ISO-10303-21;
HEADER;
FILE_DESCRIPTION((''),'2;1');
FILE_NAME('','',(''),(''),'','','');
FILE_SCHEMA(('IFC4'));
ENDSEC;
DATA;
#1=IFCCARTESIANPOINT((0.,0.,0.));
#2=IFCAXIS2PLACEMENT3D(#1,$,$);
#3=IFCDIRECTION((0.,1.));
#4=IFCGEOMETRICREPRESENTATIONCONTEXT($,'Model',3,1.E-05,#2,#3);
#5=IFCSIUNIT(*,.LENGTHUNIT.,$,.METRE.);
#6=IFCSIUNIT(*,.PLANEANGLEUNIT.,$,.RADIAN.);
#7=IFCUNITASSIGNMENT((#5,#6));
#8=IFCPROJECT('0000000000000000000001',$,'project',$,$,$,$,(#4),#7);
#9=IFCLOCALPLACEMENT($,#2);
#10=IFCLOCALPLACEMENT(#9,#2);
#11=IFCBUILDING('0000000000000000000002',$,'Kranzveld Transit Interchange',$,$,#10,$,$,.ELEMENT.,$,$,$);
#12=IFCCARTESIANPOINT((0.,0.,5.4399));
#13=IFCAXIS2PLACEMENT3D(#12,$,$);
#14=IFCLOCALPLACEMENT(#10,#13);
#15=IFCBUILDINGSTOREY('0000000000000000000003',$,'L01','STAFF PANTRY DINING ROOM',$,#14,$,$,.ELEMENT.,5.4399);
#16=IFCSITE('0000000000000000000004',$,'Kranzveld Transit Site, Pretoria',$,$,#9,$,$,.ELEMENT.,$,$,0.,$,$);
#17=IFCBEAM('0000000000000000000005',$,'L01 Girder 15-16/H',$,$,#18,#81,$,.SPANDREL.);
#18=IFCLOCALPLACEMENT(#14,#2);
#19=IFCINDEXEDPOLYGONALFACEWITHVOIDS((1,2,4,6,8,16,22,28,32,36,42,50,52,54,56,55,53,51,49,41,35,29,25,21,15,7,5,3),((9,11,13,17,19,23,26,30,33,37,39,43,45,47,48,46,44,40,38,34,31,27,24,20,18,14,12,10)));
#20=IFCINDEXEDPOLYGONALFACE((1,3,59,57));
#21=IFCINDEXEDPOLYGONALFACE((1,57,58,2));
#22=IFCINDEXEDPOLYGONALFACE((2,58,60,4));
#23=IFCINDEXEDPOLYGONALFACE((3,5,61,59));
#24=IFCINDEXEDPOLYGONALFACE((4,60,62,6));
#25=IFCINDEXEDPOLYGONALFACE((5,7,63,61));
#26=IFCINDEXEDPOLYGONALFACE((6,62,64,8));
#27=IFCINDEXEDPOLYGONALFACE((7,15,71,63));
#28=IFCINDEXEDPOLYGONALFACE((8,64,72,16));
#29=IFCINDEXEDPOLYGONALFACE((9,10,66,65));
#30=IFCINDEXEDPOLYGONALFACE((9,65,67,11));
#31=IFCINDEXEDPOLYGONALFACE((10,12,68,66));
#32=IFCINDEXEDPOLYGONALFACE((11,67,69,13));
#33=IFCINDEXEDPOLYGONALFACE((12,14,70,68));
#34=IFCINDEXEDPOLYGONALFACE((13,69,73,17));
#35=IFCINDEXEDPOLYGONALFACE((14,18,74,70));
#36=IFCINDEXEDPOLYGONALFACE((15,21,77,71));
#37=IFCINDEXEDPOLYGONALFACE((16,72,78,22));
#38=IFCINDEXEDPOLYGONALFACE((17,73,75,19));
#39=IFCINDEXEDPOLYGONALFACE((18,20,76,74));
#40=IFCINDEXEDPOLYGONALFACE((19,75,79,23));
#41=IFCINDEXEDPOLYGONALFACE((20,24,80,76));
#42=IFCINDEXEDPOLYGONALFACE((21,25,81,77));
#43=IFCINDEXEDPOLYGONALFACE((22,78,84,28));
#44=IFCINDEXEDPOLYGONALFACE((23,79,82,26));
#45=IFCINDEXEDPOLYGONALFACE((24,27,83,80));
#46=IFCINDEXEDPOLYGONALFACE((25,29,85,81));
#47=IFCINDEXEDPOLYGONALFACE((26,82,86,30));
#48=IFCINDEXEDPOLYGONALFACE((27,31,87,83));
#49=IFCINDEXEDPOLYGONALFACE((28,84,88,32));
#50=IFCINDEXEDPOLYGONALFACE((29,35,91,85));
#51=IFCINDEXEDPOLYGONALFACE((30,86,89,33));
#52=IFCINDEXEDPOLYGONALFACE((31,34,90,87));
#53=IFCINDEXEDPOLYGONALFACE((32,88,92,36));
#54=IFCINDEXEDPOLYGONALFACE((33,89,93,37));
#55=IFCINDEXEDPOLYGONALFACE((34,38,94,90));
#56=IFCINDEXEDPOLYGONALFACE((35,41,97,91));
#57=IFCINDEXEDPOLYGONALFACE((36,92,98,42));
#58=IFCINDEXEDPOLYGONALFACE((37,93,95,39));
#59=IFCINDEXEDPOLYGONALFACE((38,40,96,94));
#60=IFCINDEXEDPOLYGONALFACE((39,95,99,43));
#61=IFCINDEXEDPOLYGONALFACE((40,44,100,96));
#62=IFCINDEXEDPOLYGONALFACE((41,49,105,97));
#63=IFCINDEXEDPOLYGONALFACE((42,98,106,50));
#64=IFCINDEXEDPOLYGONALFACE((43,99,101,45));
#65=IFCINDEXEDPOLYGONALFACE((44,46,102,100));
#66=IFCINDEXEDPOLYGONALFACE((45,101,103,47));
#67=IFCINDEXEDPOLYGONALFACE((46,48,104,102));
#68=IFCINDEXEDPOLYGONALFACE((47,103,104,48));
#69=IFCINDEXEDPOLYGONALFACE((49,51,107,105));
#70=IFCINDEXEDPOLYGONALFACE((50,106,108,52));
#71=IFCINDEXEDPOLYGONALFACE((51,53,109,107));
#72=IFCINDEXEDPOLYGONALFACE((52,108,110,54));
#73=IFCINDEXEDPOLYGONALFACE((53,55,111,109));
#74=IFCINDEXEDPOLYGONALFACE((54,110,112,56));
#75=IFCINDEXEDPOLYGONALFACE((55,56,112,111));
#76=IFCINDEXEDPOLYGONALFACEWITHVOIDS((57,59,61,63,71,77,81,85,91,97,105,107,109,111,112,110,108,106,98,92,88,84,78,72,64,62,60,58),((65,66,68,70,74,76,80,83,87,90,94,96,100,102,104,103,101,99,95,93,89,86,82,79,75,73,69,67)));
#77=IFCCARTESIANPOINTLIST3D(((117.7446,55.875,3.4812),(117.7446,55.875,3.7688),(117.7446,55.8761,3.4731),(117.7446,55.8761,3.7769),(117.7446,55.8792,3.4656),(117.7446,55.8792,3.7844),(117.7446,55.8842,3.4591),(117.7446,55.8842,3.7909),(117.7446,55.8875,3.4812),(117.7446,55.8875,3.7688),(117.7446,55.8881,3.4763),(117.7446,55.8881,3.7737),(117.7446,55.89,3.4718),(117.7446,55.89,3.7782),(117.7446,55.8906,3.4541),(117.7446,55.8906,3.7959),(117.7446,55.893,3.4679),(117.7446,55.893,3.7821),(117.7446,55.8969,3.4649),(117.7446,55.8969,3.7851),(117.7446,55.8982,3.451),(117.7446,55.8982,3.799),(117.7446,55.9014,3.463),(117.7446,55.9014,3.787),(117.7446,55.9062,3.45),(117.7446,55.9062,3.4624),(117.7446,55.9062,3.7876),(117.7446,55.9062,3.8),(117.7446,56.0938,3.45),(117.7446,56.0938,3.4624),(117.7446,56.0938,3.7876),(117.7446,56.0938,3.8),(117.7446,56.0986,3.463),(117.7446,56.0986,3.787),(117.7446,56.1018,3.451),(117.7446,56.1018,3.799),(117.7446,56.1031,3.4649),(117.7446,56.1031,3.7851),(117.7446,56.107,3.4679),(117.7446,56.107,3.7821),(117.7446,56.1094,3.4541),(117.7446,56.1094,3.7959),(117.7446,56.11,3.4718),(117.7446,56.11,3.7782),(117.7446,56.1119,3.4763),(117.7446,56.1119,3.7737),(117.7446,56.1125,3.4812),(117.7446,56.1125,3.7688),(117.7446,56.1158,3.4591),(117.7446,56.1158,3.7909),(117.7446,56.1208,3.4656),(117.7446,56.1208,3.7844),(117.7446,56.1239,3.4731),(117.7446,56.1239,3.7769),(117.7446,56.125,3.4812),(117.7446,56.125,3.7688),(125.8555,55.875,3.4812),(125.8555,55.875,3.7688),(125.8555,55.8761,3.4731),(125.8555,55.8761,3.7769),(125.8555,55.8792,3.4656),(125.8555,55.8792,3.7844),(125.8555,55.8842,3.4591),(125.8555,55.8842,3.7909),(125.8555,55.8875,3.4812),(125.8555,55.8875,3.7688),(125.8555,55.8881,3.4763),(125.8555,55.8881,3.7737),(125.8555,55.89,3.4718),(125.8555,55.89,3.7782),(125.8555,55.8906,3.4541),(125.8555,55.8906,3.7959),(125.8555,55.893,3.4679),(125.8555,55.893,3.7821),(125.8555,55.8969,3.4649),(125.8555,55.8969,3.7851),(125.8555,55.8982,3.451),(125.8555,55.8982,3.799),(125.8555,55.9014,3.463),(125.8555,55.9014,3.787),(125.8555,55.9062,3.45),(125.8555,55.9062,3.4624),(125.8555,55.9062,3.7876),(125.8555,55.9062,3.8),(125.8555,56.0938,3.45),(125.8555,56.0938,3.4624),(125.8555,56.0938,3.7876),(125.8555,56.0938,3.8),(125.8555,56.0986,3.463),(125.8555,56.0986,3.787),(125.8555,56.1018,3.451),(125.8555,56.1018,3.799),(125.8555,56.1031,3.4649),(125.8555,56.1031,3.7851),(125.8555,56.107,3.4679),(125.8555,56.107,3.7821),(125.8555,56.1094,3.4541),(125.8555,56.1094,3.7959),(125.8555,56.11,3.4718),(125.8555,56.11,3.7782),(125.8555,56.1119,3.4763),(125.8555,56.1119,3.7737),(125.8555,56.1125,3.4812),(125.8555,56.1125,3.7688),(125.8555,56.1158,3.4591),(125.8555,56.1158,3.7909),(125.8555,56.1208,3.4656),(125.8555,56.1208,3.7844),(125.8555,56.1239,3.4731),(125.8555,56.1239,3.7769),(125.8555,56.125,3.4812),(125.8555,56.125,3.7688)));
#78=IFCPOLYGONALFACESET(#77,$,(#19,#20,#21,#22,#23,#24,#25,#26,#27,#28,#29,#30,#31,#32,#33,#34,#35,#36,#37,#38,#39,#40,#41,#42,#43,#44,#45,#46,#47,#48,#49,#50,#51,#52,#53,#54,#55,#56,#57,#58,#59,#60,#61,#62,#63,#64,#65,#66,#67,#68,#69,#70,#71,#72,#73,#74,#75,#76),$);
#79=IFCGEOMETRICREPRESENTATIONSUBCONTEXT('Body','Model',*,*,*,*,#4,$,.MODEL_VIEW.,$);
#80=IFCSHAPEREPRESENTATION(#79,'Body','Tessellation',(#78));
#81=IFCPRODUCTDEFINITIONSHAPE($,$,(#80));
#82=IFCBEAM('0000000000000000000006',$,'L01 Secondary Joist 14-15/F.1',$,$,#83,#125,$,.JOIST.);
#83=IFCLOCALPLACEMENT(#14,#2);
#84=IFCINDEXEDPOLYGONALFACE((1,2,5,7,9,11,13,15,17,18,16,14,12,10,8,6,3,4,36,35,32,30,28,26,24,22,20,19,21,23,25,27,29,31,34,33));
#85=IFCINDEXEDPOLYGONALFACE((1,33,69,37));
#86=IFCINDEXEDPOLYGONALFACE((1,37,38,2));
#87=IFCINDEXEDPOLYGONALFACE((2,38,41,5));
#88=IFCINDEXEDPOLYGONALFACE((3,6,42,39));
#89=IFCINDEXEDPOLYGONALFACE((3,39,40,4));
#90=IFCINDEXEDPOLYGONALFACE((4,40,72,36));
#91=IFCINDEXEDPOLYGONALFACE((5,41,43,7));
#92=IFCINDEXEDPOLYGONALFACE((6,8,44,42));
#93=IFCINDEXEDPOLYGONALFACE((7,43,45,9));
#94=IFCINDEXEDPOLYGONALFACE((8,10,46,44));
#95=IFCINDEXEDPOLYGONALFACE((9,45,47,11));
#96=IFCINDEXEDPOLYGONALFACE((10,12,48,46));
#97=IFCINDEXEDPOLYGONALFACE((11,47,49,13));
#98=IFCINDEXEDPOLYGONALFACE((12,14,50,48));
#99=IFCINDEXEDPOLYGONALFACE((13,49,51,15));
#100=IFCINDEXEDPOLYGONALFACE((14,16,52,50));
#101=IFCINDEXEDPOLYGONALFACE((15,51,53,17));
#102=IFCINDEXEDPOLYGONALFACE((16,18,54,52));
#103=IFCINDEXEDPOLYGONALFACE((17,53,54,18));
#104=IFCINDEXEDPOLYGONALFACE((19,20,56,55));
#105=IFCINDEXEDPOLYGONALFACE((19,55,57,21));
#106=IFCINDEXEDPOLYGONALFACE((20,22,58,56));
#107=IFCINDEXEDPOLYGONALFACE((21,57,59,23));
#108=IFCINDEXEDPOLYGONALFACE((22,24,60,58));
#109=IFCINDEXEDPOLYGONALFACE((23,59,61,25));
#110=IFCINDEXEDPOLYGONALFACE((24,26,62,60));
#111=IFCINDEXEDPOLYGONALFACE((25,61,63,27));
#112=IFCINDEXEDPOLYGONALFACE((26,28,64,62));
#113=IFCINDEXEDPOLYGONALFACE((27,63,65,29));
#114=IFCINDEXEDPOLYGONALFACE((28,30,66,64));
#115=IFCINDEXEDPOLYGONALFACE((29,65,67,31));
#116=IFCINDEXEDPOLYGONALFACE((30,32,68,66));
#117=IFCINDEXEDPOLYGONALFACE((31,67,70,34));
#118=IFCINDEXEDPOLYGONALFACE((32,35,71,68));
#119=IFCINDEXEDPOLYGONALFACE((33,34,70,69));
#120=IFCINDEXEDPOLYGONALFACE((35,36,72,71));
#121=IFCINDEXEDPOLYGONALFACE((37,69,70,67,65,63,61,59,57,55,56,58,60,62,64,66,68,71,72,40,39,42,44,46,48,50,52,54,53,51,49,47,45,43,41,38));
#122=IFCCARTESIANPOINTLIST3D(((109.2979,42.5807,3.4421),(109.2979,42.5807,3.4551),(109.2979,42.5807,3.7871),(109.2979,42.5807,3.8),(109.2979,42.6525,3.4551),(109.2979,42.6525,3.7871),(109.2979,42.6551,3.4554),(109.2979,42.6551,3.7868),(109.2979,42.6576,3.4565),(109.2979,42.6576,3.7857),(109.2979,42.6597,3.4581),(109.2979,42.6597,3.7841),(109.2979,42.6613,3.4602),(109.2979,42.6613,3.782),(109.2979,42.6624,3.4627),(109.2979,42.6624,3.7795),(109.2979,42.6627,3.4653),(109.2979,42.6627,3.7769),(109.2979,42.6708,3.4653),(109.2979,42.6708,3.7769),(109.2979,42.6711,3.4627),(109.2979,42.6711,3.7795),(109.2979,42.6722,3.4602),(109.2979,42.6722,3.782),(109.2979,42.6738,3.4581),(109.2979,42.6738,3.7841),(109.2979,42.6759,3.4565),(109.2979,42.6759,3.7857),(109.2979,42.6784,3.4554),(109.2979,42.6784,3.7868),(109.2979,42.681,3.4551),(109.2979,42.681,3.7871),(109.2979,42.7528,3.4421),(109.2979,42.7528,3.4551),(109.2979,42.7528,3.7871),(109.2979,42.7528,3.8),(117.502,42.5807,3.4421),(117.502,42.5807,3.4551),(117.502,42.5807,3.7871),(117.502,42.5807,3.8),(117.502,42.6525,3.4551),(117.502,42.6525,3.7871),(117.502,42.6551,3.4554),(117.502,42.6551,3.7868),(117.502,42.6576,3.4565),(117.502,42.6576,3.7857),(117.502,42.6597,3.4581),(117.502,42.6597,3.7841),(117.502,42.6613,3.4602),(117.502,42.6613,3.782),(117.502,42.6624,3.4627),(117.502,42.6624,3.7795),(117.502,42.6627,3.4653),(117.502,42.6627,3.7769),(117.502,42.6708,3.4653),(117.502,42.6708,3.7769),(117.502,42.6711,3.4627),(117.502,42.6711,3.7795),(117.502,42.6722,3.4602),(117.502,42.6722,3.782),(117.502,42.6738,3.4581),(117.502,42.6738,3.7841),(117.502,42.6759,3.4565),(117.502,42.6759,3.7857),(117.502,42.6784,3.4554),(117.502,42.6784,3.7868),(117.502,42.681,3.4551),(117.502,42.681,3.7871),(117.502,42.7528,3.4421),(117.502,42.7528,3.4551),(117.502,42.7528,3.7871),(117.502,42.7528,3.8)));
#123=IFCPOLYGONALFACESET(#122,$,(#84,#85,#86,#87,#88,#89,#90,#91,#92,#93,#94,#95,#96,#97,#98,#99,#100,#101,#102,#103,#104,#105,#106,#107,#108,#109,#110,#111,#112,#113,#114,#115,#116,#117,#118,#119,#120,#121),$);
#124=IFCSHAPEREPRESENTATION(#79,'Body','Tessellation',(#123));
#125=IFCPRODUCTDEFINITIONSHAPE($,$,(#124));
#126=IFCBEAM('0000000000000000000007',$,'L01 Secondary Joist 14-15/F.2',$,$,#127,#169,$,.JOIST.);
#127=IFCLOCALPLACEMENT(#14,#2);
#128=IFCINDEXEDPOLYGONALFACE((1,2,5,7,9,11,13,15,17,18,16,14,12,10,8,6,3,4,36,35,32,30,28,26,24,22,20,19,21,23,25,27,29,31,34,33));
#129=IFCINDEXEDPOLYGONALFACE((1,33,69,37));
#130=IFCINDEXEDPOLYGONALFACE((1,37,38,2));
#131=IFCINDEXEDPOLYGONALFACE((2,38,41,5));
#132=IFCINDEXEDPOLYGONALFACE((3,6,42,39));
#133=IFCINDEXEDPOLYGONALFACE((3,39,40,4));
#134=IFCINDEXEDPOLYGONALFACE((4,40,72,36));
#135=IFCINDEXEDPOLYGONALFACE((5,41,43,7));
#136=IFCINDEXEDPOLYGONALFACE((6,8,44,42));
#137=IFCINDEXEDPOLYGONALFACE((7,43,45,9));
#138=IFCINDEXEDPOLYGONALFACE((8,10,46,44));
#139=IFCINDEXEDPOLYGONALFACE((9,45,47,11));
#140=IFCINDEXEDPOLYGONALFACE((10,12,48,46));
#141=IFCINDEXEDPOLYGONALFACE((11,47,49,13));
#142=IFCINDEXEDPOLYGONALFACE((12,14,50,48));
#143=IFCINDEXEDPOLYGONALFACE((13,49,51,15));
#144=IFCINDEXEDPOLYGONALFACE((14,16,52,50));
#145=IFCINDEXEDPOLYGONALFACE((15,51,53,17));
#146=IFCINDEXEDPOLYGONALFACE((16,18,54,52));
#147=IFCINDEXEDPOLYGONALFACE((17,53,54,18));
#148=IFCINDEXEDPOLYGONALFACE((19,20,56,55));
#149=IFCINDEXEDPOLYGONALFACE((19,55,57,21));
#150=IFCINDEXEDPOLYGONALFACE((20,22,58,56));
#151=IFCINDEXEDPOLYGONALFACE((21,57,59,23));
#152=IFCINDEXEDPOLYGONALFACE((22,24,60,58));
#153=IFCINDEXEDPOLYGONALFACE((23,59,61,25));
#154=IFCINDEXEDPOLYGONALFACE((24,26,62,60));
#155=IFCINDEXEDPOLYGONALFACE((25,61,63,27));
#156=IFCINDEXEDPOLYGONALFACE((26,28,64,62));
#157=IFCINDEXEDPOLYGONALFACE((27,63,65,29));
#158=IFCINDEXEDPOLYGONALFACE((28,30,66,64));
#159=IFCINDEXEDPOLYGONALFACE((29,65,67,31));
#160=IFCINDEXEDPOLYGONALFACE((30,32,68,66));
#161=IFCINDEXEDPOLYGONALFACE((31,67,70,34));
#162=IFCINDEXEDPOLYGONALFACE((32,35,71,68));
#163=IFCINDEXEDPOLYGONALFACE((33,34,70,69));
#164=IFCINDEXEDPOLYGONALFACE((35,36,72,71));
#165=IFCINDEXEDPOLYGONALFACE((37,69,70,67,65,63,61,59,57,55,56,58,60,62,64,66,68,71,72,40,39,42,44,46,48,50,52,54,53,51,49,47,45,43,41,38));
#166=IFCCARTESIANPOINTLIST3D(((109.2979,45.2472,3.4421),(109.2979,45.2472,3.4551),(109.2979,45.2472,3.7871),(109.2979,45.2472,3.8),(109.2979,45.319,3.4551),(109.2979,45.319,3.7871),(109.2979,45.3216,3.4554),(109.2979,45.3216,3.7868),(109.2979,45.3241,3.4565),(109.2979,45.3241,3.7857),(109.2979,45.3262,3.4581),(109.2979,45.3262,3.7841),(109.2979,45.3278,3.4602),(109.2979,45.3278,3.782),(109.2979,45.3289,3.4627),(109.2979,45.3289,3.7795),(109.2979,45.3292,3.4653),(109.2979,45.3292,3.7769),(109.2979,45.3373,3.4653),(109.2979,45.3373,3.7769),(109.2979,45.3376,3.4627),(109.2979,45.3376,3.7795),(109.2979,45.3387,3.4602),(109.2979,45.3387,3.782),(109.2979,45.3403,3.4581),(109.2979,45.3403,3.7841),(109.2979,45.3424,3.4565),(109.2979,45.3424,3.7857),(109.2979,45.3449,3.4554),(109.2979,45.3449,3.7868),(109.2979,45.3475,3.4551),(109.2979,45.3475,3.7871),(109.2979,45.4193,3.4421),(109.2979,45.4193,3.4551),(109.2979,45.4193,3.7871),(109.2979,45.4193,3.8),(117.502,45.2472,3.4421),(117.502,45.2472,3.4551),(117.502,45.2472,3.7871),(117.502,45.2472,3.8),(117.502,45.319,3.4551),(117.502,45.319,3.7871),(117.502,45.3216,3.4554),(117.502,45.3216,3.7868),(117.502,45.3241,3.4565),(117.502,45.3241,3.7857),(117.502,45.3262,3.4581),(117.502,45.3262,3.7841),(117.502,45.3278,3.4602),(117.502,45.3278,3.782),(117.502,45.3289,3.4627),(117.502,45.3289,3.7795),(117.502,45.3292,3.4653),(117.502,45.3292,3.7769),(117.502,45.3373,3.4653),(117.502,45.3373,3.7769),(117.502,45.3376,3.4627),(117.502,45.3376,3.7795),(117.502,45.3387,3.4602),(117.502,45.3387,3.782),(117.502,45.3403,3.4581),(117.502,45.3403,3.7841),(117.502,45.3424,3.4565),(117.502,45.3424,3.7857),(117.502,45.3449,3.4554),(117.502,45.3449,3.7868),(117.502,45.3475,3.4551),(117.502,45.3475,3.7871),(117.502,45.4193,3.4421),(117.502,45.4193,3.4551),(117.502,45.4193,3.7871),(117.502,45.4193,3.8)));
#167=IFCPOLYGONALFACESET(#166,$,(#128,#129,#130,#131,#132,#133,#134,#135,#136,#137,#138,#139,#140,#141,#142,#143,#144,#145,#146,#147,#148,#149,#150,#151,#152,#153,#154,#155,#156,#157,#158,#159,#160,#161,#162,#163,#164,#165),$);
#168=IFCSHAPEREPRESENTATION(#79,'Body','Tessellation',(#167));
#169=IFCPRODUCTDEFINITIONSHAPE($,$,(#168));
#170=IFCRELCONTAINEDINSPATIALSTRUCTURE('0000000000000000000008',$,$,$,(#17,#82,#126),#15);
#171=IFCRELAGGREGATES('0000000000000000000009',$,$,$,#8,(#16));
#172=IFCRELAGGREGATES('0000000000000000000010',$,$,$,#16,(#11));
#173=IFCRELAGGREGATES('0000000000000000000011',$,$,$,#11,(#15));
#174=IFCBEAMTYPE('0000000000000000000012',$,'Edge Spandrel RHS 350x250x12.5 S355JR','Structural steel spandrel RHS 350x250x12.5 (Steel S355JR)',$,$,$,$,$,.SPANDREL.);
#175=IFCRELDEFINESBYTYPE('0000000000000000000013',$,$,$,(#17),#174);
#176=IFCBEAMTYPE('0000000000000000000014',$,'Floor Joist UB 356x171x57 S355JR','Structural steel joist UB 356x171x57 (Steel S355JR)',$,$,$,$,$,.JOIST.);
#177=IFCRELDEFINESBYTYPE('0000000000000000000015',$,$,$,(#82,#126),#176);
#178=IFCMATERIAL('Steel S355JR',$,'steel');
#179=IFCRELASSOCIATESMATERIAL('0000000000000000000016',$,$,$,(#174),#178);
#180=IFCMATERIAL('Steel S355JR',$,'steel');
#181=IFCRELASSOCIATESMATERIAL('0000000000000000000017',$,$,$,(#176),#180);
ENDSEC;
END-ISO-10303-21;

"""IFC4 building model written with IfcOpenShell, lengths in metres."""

from ifc_helpers import new_model, si_unit, direction, frame, origin, origin_2d, place, context, subcontext, project, spatial, hollow_rectangle, i_section, extrude, material, material_profile, profile_set, type_object, element, save


model = new_model("IFC4")

# Units and contexts
model_context = context("Model", 3, precision=1e-05, world=origin(), true_north=direction((0.0, 1.0)))
body_context = subcontext(model_context, "Body", "Model", "MODEL_VIEW")
ifc_project = project(units=[si_unit("LENGTHUNIT", "METRE"), si_unit("PLANEANGLEUNIT", "RADIAN")], contexts=[model_context])

# Site, building, storey
site_placement = place(None, origin())
site = spatial("IfcSite", under=ifc_project, at=site_placement, Name="Kranzveld Transit Site, Pretoria", CompositionType="ELEMENT", RefElevation=0.0)
building_placement = place(site_placement, origin())
building = spatial("IfcBuilding", under=site, at=building_placement, Name="Kranzveld Transit Interchange", CompositionType="ELEMENT")
storey_placement = place(building_placement, frame((0.0, 0.0, 5.4399)))
storey = spatial("IfcBuildingStorey", under=building, at=storey_placement, Name="L01", Description="STAFF PANTRY DINING ROOM", CompositionType="ELEMENT", Elevation=5.4399)

# Beams
ifc_material_1 = material(Name="Steel S355JR", Category="steel")
ifc_material_profile_1 = material_profile(ifc_material_1, hollow_rectangle(XDim=0.25, YDim=0.3501, WallThickness=0.0125, InnerFilletRadius=0.0188, OuterFilletRadius=0.0312, at=origin_2d()), Name="RHS 350x250x12.5")
ifc_profile_set_1 = profile_set([ifc_material_profile_1], Name="Steel S355JR")
beam_type_1 = type_object("IfcBeamType", Name="Edge Spandrel RHS 350x250x12.5 S355JR", Description="Structural steel spandrel RHS 350x250x12.5 (Steel S355JR)", PredefinedType="SPANDREL", material=ifc_profile_set_1)
beam_1_placement = place(storey_placement, frame((117.7446, 56.0, 3.625), z_axis=(1.0, 0.0, 0.0), x_axis=(0.0, 1.0, 0.0)))
element("IfcBeam", 1, at=beam_1_placement, inside=storey, type_object=beam_type_1, Name="L01 Girder 15-16/H", PredefinedType="SPANDREL", context=body_context, shape_type="SweptSolid", body=[
    extrude(hollow_rectangle(XDim=0.25, YDim=0.3501, WallThickness=0.0125, InnerFilletRadius=0.0188, OuterFilletRadius=0.0312, at=origin_2d()), origin(), (0.0, 0.0, 1.0), 8.1108),
])
ifc_material_2 = material(Name="Steel S355JR", Category="steel")
ifc_material_profile_2 = material_profile(ifc_material_2, i_section(OverallWidth=0.1721, OverallDepth=0.3579, WebThickness=0.0081, FlangeThickness=0.0129, FilletRadius=0.0103, at=origin_2d()), Name="UB 356x171x57")
ifc_profile_set_2 = profile_set([ifc_material_profile_2], Name="Steel S355JR")
beam_type_2 = type_object("IfcBeamType", Name="Floor Joist UB 356x171x57 S355JR", Description="Structural steel joist UB 356x171x57 (Steel S355JR)", PredefinedType="JOIST", material=ifc_profile_set_2)
for number, where, z_axis, x_axis, name in (
    (2, (109.2979, 42.6667, 3.6211), (1.0, 0.0, 0.0), (0.0, 1.0, 0.0), "L01 Secondary Joist 14-15/F.1"),
    (3, (109.2979, 45.3333, 3.6211), (1.0, 0.0, 0.0), (0.0, 1.0, 0.0), "L01 Secondary Joist 14-15/F.2"),
):
    element("IfcBeam", number, at=place(storey_placement, frame(where, z_axis=z_axis, x_axis=x_axis)), inside=storey, type_object=beam_type_2, Name=name, PredefinedType="JOIST", context=body_context, shape_type="SweptSolid", body=[
        extrude(i_section(OverallWidth=0.1721, OverallDepth=0.3579, WebThickness=0.0081, FlangeThickness=0.0129, FilletRadius=0.0103, at=origin_2d()), origin(), (0.0, 0.0, 1.0), 8.2041),
    ])

save(model, "model.ifc")
